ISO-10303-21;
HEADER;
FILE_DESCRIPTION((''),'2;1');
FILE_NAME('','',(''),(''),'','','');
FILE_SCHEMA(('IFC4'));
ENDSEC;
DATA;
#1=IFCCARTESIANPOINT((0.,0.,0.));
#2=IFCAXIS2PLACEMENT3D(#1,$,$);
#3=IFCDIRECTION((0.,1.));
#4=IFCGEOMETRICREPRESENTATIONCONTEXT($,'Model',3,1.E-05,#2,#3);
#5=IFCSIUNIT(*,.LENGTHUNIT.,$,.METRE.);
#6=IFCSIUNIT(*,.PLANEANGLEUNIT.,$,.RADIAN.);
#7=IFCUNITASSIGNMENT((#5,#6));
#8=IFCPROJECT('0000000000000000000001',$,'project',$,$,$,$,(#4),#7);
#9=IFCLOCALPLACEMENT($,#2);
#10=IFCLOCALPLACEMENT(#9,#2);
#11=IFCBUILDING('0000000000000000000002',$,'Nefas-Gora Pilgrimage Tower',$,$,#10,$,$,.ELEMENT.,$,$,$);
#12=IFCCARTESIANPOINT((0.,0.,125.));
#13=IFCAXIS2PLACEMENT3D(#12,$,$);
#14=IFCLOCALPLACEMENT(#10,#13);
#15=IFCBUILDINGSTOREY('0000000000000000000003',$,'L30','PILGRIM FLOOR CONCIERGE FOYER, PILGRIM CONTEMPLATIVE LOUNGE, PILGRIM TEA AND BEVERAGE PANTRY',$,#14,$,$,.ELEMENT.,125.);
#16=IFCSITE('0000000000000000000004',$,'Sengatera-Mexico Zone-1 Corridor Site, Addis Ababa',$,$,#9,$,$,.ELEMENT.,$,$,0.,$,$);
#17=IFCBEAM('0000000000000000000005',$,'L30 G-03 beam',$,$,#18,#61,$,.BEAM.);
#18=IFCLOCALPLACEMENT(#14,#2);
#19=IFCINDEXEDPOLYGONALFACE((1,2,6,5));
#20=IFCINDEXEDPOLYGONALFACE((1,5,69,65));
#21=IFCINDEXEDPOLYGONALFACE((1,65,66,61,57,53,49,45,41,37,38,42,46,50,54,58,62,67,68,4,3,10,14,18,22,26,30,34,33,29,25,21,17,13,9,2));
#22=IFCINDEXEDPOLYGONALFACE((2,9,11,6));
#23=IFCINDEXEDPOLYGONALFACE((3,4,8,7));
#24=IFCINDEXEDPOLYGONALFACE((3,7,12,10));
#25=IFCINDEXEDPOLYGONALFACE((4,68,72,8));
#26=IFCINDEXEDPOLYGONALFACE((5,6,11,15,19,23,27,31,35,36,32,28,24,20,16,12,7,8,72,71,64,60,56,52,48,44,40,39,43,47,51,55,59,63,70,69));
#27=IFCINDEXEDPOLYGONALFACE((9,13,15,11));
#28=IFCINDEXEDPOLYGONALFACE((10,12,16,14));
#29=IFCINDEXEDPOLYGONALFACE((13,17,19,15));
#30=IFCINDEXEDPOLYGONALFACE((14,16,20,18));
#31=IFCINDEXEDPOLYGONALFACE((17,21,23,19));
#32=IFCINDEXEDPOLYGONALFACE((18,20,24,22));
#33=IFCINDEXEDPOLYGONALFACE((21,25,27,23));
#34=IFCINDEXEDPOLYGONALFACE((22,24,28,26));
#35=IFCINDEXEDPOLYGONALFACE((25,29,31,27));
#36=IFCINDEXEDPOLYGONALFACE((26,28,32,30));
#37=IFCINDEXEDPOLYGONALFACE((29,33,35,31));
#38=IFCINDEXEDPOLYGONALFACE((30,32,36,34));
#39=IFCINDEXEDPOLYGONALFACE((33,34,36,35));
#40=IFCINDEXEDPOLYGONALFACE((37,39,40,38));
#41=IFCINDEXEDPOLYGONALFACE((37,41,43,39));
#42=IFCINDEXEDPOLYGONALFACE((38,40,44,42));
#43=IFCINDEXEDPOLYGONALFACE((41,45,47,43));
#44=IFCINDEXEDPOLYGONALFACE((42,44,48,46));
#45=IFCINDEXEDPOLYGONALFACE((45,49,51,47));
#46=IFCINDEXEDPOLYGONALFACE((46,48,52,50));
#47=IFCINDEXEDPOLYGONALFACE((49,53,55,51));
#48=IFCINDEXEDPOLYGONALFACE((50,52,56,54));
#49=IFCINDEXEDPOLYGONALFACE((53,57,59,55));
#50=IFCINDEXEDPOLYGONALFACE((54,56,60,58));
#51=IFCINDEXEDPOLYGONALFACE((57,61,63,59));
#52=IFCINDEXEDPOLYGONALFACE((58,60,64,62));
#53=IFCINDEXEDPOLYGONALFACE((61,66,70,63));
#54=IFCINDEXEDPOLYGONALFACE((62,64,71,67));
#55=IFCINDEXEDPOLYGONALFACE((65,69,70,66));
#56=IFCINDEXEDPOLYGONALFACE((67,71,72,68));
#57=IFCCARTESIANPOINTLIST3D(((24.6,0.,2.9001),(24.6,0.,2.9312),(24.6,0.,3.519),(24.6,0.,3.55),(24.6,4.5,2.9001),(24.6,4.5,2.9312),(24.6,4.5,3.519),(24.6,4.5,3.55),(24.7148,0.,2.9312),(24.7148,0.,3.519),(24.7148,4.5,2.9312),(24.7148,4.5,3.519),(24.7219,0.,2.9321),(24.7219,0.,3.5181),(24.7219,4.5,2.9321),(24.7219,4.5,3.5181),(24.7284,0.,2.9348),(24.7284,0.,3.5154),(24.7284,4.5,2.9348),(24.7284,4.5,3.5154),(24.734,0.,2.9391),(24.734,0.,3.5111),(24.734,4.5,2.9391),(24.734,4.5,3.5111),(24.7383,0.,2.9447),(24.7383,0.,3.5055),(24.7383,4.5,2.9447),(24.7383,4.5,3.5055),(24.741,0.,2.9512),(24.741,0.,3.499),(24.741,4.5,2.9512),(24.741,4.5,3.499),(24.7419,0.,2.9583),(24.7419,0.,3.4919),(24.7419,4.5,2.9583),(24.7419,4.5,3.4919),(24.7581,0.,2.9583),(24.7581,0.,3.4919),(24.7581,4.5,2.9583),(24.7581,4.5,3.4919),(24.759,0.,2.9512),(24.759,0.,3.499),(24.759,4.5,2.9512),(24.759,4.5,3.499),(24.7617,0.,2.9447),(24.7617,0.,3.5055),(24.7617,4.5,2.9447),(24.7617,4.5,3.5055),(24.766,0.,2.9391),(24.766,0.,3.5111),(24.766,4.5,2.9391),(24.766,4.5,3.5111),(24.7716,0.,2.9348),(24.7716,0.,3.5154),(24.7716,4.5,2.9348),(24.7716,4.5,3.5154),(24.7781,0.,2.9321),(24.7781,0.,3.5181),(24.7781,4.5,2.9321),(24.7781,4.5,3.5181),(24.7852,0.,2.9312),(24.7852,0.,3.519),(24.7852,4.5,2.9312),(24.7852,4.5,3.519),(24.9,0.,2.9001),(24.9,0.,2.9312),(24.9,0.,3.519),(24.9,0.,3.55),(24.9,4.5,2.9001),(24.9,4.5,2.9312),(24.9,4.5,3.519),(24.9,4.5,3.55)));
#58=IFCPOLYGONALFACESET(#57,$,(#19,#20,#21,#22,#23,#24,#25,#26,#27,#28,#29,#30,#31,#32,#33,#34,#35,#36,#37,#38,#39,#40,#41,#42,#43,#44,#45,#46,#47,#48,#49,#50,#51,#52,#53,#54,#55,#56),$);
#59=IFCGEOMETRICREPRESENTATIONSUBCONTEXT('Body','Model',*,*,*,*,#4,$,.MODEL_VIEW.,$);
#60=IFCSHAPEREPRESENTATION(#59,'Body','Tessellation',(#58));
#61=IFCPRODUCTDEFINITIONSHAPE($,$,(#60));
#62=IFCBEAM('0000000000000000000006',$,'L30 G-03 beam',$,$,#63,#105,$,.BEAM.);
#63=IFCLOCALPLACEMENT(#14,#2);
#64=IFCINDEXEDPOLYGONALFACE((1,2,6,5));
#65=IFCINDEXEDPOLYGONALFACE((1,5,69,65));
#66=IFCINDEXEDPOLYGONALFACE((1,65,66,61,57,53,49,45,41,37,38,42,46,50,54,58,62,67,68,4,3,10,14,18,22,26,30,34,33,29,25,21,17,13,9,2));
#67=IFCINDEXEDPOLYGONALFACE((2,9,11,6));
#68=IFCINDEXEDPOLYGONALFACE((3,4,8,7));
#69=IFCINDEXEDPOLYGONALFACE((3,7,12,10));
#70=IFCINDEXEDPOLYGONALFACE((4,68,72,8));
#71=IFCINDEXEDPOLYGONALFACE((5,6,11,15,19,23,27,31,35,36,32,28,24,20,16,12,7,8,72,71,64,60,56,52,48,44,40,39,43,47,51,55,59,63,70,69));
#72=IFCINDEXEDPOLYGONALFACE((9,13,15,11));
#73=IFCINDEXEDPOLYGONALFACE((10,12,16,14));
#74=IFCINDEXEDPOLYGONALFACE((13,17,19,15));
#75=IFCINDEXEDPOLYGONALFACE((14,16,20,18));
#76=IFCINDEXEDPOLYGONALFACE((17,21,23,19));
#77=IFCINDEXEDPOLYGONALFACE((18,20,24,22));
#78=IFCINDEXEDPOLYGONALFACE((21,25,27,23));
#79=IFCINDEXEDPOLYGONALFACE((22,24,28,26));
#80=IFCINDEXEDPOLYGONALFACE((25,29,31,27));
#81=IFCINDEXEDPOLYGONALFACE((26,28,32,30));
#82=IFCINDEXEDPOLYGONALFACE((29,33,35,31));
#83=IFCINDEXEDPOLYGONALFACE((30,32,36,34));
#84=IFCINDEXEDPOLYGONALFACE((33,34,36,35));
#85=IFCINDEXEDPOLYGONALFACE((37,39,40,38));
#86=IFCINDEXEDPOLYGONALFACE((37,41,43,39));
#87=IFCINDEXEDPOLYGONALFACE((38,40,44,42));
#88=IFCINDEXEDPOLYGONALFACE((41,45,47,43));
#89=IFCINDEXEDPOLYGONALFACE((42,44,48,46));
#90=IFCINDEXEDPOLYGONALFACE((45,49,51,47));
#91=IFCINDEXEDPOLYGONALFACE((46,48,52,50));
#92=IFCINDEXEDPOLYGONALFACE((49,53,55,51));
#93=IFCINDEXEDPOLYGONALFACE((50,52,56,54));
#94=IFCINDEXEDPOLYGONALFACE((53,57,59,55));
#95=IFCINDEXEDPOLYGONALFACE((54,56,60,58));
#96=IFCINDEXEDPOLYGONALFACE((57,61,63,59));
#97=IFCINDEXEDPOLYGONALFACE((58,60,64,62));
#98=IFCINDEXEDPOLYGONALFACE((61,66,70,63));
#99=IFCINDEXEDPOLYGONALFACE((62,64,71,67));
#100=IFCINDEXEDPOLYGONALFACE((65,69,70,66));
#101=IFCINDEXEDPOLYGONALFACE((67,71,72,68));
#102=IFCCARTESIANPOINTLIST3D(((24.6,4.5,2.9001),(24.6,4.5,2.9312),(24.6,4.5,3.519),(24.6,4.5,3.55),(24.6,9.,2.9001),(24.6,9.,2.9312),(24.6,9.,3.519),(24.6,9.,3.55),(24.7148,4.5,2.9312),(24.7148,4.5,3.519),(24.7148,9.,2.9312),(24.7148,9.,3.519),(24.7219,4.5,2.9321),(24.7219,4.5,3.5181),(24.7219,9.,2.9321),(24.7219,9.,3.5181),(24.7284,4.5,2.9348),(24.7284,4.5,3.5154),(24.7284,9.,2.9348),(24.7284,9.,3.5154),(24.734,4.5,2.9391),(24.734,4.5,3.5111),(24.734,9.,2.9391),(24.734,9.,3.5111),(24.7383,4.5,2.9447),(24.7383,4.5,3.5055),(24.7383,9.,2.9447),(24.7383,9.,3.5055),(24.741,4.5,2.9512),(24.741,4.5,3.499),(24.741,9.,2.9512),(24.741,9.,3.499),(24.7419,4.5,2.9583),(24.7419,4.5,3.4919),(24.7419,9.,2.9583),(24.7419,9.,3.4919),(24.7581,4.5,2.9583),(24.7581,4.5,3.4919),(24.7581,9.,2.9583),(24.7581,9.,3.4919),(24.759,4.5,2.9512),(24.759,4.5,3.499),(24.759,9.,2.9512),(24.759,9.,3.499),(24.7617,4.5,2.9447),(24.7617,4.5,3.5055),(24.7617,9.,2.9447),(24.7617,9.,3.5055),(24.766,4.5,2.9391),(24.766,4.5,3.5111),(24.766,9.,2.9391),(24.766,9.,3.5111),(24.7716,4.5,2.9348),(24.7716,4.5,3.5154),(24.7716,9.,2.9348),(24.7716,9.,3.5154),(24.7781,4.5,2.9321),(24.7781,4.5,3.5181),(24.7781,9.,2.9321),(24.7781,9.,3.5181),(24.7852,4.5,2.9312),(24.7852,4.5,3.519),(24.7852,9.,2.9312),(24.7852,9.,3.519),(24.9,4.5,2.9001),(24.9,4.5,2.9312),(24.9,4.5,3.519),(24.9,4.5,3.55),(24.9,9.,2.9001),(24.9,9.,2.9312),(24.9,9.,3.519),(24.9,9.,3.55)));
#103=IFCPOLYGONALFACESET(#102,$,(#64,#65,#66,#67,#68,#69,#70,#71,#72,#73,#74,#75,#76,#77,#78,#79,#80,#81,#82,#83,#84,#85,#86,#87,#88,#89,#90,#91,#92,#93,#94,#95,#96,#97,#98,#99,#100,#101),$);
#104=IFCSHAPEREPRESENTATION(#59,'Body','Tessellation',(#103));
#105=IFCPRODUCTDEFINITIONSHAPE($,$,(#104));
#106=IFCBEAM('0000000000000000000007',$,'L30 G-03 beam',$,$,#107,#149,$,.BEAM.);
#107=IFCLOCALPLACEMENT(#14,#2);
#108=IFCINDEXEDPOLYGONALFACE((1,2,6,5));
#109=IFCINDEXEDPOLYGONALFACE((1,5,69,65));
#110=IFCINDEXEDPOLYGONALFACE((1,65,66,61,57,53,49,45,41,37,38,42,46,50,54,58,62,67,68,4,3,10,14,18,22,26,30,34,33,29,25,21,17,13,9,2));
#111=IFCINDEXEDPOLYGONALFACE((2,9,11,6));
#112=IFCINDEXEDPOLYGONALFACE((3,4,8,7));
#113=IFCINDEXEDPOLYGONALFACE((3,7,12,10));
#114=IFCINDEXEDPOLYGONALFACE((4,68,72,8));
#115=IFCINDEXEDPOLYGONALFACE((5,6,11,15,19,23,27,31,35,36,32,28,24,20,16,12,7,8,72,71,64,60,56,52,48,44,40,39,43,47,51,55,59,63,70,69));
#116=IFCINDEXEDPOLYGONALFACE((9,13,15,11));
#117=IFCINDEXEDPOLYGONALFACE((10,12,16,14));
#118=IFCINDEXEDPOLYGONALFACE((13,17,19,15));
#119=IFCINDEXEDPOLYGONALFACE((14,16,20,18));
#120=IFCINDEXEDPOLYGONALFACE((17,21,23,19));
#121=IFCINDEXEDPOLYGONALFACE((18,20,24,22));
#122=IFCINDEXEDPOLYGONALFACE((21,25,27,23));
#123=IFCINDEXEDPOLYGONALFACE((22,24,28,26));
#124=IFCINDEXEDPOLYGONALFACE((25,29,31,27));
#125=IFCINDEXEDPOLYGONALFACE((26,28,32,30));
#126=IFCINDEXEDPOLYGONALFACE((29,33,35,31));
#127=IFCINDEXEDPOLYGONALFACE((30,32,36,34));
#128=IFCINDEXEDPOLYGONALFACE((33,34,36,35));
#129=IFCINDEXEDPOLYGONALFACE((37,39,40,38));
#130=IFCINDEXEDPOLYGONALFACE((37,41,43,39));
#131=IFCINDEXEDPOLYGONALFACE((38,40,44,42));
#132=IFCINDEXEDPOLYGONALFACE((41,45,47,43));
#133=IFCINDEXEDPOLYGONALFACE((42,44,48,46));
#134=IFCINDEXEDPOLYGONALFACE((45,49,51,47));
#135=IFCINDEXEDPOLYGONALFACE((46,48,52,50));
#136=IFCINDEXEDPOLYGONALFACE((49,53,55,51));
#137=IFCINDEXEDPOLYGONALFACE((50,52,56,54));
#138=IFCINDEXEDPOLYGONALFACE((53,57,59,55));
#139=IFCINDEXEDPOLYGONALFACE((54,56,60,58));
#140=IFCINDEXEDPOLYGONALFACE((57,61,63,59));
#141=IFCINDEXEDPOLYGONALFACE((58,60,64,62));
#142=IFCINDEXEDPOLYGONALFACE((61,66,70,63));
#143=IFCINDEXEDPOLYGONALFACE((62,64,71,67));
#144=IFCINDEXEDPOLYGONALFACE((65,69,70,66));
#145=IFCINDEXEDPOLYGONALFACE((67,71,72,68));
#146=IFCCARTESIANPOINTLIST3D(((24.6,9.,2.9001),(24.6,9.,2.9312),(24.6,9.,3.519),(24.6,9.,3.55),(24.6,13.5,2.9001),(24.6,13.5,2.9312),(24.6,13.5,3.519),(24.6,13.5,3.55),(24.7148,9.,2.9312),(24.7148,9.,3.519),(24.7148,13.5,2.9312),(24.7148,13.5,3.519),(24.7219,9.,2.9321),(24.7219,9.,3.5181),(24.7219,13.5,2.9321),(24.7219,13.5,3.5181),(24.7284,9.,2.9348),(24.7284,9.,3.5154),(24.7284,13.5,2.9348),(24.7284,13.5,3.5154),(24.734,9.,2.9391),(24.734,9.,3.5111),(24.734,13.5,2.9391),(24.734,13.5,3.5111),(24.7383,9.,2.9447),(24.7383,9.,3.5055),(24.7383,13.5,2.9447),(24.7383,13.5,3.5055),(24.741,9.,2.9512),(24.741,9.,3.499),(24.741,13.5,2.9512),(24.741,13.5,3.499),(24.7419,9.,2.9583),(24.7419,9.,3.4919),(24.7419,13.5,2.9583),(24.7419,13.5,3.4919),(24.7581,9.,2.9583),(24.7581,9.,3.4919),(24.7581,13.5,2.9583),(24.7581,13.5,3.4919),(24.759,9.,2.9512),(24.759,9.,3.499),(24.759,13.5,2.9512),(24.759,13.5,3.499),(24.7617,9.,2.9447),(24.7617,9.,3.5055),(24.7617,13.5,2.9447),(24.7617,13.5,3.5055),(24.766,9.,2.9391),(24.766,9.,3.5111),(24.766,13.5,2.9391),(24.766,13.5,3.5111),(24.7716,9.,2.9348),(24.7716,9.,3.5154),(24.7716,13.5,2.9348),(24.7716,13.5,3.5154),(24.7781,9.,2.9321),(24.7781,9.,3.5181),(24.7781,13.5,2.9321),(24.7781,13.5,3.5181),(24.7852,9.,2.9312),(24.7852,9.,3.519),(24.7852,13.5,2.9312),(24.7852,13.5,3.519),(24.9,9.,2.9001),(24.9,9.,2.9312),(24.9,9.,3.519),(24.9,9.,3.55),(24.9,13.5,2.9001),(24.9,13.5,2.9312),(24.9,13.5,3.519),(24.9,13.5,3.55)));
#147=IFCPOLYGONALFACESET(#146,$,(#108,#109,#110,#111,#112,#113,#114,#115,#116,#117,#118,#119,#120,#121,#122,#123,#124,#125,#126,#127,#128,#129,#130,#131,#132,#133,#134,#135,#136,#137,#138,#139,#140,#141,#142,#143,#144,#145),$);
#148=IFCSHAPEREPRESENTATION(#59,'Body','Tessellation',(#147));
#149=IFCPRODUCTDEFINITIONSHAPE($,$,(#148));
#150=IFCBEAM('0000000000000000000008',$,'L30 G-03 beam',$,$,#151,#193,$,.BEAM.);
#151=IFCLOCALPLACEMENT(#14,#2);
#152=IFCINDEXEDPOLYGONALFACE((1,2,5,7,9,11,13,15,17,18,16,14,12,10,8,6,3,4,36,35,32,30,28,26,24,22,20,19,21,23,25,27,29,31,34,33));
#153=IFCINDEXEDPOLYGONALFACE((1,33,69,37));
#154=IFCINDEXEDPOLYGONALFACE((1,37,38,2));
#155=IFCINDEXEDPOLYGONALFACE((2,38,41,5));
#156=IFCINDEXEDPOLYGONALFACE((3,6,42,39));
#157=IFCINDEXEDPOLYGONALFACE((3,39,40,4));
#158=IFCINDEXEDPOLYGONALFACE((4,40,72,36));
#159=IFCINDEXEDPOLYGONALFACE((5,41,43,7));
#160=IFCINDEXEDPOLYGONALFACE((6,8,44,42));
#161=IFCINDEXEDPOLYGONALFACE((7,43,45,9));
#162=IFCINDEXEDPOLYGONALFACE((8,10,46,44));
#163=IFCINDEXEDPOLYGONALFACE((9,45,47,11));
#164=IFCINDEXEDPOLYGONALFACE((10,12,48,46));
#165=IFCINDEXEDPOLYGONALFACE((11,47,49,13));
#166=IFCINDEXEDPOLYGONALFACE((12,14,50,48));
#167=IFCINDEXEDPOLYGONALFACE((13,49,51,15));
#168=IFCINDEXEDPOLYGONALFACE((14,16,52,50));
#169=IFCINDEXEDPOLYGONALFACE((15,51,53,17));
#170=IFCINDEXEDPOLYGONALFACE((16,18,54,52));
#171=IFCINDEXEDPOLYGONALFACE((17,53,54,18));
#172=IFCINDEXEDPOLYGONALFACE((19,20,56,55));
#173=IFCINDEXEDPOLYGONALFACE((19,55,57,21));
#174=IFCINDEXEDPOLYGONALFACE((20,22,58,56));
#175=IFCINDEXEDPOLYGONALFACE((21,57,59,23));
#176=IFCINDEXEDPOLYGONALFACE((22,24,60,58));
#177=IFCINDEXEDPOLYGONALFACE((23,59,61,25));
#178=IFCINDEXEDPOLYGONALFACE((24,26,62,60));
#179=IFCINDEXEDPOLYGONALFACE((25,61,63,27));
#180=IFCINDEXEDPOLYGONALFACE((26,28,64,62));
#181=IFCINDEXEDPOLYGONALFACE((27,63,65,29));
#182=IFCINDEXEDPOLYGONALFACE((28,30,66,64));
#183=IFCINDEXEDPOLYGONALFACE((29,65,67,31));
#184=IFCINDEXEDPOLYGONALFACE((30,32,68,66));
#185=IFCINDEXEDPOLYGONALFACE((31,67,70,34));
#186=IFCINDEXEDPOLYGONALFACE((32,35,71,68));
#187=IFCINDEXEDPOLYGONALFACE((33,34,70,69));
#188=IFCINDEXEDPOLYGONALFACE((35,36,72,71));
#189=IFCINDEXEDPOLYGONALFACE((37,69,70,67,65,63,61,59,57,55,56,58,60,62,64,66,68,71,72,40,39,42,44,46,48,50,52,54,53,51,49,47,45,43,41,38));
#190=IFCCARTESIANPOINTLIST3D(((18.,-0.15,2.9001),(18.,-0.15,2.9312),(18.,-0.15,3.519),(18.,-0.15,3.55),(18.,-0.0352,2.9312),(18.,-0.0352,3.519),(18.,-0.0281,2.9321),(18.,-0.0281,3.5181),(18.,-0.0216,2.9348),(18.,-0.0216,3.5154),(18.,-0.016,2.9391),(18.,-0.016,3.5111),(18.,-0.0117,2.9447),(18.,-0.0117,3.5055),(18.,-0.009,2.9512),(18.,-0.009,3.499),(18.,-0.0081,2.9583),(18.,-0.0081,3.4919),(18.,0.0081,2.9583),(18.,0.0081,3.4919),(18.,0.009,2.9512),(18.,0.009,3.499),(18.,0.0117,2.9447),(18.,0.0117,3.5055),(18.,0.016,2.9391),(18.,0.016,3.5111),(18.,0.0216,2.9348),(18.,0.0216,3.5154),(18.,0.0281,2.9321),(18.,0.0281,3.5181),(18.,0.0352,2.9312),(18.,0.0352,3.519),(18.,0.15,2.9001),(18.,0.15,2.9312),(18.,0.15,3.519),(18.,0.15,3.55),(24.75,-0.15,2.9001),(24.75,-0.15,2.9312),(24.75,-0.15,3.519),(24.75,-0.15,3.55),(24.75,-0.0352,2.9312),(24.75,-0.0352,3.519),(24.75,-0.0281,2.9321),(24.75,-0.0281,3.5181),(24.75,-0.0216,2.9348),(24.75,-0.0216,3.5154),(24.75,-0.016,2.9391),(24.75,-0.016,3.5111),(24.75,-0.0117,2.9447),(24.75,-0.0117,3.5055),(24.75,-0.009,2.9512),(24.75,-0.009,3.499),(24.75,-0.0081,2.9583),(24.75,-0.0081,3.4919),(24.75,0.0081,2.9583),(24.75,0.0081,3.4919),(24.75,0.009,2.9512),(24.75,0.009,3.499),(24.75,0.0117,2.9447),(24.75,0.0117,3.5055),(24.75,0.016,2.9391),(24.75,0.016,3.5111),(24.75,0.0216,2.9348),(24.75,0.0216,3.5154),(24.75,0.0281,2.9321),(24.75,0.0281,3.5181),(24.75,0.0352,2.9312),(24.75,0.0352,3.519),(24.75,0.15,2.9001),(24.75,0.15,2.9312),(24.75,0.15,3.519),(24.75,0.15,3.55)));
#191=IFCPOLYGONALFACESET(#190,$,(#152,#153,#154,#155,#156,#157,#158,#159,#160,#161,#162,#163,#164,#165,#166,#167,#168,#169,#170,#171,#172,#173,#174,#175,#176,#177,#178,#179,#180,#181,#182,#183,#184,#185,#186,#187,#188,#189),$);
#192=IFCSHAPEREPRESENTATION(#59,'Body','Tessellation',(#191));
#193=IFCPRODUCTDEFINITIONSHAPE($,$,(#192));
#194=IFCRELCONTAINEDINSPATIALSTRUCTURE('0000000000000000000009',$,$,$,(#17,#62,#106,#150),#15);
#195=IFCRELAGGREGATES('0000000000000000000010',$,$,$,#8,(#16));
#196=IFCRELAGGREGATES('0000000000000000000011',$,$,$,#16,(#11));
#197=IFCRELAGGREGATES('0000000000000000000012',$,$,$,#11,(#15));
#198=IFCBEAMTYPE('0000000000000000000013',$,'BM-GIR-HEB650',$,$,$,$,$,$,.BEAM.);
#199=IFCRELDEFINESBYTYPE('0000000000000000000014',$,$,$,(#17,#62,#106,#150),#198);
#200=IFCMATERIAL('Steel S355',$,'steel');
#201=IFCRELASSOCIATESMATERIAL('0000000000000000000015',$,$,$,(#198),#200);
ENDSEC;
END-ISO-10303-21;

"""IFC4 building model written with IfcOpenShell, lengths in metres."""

from ifc_helpers import new_model, si_unit, direction, frame, origin, origin_2d, place, context, subcontext, project, spatial, i_section, extrude, source, transform, mapped, material, material_profile, profile_set, type_object, element, save


model = new_model("IFC4")

# Units and contexts
model_context = context("Model", 3, precision=1e-05, world=origin(), true_north=direction((0.0, 1.0)))
body_context = subcontext(model_context, "Body", "Model", "MODEL_VIEW")
ifc_project = project(units=[si_unit("LENGTHUNIT", "METRE"), si_unit("PLANEANGLEUNIT", "RADIAN")], contexts=[model_context])

# Site, building, storey
site_placement = place(None, origin())
site = spatial("IfcSite", under=ifc_project, at=site_placement, Name="Sengatera-Mexico Zone-1 Corridor Site, Addis Ababa", CompositionType="ELEMENT", RefElevation=0.0)
building_placement = place(site_placement, origin())
building = spatial("IfcBuilding", under=site, at=building_placement, Name="Nefas-Gora Pilgrimage Tower", CompositionType="ELEMENT")
storey_placement = place(building_placement, frame((0.0, 0.0, 125.0)))
storey = spatial("IfcBuildingStorey", under=building, at=storey_placement, Name="L30", Description="PILGRIM FLOOR CONCIERGE FOYER, PILGRIM CONTEMPLATIVE LOUNGE, PILGRIM TEA AND BEVERAGE PANTRY", CompositionType="ELEMENT", Elevation=125.0)

# Beams
ifc_material_1 = material(Name="Steel S355", Category="steel")
ifc_material_profile_1 = material_profile(ifc_material_1, i_section(OverallWidth=0.3, OverallDepth=0.6499, WebThickness=0.0161, FlangeThickness=0.031, FilletRadius=0.0271, at=origin_2d()), Name="HEB 650")
ifc_profile_set_1 = profile_set([ifc_material_profile_1], Name="Steel S355")
beam_type_1 = type_object("IfcBeamType", Name="BM-GIR-HEB650", PredefinedType="BEAM", material=ifc_profile_set_1)
shared_shape_1 = source(origin(), body_context, "Body", "SweptSolid", [
    extrude(i_section(OverallWidth=0.3, OverallDepth=0.6499, WebThickness=0.0161, FlangeThickness=0.031, FilletRadius=0.0271, at=origin_2d()), origin(), (0.0, 0.0, 1.0), 4.5),
])
for number, where, z_axis, x_axis, name in (
    (1, (24.75, 0.0, 3.2251), (0.0, 1.0, 0.0), (-1.0, 0.0, 0.0), "L30 G-03 beam"),
    (2, (24.75, 4.5, 3.2251), (0.0, 1.0, 0.0), (-1.0, 0.0, 0.0), "L30 G-03 beam"),
    (3, (24.75, 9.0, 3.2251), (0.0, 1.0, 0.0), (-1.0, 0.0, 0.0), "L30 G-03 beam"),
):
    element("IfcBeam", number, at=place(storey_placement, frame(where, z_axis=z_axis, x_axis=x_axis)), inside=storey, type_object=beam_type_1, Name=name, PredefinedType="BEAM", context=body_context, shape_type="MappedRepresentation", body=[
        mapped(shared_shape_1, transform((0.0, 0.0, 0.0), x_axis=(1.0, 0.0, 0.0), y_axis=(0.0, 1.0, 0.0), z_axis=(0.0, 0.0, 1.0), scale=1.0)),
    ])
shared_shape_2 = source(origin(), body_context, "Body", "SweptSolid", [
    extrude(i_section(OverallWidth=0.3, OverallDepth=0.6499, WebThickness=0.0161, FlangeThickness=0.031, FilletRadius=0.0271, at=origin_2d()), origin(), (0.0, 0.0, 1.0), 6.75),
])
for number, where, z_axis, x_axis, name in (
    (4, (18.0, 0.0, 3.2251), (1.0, 0.0, 0.0), (0.0, 1.0, 0.0), "L30 G-03 beam"),
):
    element("IfcBeam", number, at=place(storey_placement, frame(where, z_axis=z_axis, x_axis=x_axis)), inside=storey, type_object=beam_type_1, Name=name, PredefinedType="BEAM", context=body_context, shape_type="MappedRepresentation", body=[
        mapped(shared_shape_2, transform((0.0, 0.0, 0.0), x_axis=(1.0, 0.0, 0.0), y_axis=(0.0, 1.0, 0.0), z_axis=(0.0, 0.0, 1.0), scale=1.0)),
    ])

save(model, "model.ifc")
